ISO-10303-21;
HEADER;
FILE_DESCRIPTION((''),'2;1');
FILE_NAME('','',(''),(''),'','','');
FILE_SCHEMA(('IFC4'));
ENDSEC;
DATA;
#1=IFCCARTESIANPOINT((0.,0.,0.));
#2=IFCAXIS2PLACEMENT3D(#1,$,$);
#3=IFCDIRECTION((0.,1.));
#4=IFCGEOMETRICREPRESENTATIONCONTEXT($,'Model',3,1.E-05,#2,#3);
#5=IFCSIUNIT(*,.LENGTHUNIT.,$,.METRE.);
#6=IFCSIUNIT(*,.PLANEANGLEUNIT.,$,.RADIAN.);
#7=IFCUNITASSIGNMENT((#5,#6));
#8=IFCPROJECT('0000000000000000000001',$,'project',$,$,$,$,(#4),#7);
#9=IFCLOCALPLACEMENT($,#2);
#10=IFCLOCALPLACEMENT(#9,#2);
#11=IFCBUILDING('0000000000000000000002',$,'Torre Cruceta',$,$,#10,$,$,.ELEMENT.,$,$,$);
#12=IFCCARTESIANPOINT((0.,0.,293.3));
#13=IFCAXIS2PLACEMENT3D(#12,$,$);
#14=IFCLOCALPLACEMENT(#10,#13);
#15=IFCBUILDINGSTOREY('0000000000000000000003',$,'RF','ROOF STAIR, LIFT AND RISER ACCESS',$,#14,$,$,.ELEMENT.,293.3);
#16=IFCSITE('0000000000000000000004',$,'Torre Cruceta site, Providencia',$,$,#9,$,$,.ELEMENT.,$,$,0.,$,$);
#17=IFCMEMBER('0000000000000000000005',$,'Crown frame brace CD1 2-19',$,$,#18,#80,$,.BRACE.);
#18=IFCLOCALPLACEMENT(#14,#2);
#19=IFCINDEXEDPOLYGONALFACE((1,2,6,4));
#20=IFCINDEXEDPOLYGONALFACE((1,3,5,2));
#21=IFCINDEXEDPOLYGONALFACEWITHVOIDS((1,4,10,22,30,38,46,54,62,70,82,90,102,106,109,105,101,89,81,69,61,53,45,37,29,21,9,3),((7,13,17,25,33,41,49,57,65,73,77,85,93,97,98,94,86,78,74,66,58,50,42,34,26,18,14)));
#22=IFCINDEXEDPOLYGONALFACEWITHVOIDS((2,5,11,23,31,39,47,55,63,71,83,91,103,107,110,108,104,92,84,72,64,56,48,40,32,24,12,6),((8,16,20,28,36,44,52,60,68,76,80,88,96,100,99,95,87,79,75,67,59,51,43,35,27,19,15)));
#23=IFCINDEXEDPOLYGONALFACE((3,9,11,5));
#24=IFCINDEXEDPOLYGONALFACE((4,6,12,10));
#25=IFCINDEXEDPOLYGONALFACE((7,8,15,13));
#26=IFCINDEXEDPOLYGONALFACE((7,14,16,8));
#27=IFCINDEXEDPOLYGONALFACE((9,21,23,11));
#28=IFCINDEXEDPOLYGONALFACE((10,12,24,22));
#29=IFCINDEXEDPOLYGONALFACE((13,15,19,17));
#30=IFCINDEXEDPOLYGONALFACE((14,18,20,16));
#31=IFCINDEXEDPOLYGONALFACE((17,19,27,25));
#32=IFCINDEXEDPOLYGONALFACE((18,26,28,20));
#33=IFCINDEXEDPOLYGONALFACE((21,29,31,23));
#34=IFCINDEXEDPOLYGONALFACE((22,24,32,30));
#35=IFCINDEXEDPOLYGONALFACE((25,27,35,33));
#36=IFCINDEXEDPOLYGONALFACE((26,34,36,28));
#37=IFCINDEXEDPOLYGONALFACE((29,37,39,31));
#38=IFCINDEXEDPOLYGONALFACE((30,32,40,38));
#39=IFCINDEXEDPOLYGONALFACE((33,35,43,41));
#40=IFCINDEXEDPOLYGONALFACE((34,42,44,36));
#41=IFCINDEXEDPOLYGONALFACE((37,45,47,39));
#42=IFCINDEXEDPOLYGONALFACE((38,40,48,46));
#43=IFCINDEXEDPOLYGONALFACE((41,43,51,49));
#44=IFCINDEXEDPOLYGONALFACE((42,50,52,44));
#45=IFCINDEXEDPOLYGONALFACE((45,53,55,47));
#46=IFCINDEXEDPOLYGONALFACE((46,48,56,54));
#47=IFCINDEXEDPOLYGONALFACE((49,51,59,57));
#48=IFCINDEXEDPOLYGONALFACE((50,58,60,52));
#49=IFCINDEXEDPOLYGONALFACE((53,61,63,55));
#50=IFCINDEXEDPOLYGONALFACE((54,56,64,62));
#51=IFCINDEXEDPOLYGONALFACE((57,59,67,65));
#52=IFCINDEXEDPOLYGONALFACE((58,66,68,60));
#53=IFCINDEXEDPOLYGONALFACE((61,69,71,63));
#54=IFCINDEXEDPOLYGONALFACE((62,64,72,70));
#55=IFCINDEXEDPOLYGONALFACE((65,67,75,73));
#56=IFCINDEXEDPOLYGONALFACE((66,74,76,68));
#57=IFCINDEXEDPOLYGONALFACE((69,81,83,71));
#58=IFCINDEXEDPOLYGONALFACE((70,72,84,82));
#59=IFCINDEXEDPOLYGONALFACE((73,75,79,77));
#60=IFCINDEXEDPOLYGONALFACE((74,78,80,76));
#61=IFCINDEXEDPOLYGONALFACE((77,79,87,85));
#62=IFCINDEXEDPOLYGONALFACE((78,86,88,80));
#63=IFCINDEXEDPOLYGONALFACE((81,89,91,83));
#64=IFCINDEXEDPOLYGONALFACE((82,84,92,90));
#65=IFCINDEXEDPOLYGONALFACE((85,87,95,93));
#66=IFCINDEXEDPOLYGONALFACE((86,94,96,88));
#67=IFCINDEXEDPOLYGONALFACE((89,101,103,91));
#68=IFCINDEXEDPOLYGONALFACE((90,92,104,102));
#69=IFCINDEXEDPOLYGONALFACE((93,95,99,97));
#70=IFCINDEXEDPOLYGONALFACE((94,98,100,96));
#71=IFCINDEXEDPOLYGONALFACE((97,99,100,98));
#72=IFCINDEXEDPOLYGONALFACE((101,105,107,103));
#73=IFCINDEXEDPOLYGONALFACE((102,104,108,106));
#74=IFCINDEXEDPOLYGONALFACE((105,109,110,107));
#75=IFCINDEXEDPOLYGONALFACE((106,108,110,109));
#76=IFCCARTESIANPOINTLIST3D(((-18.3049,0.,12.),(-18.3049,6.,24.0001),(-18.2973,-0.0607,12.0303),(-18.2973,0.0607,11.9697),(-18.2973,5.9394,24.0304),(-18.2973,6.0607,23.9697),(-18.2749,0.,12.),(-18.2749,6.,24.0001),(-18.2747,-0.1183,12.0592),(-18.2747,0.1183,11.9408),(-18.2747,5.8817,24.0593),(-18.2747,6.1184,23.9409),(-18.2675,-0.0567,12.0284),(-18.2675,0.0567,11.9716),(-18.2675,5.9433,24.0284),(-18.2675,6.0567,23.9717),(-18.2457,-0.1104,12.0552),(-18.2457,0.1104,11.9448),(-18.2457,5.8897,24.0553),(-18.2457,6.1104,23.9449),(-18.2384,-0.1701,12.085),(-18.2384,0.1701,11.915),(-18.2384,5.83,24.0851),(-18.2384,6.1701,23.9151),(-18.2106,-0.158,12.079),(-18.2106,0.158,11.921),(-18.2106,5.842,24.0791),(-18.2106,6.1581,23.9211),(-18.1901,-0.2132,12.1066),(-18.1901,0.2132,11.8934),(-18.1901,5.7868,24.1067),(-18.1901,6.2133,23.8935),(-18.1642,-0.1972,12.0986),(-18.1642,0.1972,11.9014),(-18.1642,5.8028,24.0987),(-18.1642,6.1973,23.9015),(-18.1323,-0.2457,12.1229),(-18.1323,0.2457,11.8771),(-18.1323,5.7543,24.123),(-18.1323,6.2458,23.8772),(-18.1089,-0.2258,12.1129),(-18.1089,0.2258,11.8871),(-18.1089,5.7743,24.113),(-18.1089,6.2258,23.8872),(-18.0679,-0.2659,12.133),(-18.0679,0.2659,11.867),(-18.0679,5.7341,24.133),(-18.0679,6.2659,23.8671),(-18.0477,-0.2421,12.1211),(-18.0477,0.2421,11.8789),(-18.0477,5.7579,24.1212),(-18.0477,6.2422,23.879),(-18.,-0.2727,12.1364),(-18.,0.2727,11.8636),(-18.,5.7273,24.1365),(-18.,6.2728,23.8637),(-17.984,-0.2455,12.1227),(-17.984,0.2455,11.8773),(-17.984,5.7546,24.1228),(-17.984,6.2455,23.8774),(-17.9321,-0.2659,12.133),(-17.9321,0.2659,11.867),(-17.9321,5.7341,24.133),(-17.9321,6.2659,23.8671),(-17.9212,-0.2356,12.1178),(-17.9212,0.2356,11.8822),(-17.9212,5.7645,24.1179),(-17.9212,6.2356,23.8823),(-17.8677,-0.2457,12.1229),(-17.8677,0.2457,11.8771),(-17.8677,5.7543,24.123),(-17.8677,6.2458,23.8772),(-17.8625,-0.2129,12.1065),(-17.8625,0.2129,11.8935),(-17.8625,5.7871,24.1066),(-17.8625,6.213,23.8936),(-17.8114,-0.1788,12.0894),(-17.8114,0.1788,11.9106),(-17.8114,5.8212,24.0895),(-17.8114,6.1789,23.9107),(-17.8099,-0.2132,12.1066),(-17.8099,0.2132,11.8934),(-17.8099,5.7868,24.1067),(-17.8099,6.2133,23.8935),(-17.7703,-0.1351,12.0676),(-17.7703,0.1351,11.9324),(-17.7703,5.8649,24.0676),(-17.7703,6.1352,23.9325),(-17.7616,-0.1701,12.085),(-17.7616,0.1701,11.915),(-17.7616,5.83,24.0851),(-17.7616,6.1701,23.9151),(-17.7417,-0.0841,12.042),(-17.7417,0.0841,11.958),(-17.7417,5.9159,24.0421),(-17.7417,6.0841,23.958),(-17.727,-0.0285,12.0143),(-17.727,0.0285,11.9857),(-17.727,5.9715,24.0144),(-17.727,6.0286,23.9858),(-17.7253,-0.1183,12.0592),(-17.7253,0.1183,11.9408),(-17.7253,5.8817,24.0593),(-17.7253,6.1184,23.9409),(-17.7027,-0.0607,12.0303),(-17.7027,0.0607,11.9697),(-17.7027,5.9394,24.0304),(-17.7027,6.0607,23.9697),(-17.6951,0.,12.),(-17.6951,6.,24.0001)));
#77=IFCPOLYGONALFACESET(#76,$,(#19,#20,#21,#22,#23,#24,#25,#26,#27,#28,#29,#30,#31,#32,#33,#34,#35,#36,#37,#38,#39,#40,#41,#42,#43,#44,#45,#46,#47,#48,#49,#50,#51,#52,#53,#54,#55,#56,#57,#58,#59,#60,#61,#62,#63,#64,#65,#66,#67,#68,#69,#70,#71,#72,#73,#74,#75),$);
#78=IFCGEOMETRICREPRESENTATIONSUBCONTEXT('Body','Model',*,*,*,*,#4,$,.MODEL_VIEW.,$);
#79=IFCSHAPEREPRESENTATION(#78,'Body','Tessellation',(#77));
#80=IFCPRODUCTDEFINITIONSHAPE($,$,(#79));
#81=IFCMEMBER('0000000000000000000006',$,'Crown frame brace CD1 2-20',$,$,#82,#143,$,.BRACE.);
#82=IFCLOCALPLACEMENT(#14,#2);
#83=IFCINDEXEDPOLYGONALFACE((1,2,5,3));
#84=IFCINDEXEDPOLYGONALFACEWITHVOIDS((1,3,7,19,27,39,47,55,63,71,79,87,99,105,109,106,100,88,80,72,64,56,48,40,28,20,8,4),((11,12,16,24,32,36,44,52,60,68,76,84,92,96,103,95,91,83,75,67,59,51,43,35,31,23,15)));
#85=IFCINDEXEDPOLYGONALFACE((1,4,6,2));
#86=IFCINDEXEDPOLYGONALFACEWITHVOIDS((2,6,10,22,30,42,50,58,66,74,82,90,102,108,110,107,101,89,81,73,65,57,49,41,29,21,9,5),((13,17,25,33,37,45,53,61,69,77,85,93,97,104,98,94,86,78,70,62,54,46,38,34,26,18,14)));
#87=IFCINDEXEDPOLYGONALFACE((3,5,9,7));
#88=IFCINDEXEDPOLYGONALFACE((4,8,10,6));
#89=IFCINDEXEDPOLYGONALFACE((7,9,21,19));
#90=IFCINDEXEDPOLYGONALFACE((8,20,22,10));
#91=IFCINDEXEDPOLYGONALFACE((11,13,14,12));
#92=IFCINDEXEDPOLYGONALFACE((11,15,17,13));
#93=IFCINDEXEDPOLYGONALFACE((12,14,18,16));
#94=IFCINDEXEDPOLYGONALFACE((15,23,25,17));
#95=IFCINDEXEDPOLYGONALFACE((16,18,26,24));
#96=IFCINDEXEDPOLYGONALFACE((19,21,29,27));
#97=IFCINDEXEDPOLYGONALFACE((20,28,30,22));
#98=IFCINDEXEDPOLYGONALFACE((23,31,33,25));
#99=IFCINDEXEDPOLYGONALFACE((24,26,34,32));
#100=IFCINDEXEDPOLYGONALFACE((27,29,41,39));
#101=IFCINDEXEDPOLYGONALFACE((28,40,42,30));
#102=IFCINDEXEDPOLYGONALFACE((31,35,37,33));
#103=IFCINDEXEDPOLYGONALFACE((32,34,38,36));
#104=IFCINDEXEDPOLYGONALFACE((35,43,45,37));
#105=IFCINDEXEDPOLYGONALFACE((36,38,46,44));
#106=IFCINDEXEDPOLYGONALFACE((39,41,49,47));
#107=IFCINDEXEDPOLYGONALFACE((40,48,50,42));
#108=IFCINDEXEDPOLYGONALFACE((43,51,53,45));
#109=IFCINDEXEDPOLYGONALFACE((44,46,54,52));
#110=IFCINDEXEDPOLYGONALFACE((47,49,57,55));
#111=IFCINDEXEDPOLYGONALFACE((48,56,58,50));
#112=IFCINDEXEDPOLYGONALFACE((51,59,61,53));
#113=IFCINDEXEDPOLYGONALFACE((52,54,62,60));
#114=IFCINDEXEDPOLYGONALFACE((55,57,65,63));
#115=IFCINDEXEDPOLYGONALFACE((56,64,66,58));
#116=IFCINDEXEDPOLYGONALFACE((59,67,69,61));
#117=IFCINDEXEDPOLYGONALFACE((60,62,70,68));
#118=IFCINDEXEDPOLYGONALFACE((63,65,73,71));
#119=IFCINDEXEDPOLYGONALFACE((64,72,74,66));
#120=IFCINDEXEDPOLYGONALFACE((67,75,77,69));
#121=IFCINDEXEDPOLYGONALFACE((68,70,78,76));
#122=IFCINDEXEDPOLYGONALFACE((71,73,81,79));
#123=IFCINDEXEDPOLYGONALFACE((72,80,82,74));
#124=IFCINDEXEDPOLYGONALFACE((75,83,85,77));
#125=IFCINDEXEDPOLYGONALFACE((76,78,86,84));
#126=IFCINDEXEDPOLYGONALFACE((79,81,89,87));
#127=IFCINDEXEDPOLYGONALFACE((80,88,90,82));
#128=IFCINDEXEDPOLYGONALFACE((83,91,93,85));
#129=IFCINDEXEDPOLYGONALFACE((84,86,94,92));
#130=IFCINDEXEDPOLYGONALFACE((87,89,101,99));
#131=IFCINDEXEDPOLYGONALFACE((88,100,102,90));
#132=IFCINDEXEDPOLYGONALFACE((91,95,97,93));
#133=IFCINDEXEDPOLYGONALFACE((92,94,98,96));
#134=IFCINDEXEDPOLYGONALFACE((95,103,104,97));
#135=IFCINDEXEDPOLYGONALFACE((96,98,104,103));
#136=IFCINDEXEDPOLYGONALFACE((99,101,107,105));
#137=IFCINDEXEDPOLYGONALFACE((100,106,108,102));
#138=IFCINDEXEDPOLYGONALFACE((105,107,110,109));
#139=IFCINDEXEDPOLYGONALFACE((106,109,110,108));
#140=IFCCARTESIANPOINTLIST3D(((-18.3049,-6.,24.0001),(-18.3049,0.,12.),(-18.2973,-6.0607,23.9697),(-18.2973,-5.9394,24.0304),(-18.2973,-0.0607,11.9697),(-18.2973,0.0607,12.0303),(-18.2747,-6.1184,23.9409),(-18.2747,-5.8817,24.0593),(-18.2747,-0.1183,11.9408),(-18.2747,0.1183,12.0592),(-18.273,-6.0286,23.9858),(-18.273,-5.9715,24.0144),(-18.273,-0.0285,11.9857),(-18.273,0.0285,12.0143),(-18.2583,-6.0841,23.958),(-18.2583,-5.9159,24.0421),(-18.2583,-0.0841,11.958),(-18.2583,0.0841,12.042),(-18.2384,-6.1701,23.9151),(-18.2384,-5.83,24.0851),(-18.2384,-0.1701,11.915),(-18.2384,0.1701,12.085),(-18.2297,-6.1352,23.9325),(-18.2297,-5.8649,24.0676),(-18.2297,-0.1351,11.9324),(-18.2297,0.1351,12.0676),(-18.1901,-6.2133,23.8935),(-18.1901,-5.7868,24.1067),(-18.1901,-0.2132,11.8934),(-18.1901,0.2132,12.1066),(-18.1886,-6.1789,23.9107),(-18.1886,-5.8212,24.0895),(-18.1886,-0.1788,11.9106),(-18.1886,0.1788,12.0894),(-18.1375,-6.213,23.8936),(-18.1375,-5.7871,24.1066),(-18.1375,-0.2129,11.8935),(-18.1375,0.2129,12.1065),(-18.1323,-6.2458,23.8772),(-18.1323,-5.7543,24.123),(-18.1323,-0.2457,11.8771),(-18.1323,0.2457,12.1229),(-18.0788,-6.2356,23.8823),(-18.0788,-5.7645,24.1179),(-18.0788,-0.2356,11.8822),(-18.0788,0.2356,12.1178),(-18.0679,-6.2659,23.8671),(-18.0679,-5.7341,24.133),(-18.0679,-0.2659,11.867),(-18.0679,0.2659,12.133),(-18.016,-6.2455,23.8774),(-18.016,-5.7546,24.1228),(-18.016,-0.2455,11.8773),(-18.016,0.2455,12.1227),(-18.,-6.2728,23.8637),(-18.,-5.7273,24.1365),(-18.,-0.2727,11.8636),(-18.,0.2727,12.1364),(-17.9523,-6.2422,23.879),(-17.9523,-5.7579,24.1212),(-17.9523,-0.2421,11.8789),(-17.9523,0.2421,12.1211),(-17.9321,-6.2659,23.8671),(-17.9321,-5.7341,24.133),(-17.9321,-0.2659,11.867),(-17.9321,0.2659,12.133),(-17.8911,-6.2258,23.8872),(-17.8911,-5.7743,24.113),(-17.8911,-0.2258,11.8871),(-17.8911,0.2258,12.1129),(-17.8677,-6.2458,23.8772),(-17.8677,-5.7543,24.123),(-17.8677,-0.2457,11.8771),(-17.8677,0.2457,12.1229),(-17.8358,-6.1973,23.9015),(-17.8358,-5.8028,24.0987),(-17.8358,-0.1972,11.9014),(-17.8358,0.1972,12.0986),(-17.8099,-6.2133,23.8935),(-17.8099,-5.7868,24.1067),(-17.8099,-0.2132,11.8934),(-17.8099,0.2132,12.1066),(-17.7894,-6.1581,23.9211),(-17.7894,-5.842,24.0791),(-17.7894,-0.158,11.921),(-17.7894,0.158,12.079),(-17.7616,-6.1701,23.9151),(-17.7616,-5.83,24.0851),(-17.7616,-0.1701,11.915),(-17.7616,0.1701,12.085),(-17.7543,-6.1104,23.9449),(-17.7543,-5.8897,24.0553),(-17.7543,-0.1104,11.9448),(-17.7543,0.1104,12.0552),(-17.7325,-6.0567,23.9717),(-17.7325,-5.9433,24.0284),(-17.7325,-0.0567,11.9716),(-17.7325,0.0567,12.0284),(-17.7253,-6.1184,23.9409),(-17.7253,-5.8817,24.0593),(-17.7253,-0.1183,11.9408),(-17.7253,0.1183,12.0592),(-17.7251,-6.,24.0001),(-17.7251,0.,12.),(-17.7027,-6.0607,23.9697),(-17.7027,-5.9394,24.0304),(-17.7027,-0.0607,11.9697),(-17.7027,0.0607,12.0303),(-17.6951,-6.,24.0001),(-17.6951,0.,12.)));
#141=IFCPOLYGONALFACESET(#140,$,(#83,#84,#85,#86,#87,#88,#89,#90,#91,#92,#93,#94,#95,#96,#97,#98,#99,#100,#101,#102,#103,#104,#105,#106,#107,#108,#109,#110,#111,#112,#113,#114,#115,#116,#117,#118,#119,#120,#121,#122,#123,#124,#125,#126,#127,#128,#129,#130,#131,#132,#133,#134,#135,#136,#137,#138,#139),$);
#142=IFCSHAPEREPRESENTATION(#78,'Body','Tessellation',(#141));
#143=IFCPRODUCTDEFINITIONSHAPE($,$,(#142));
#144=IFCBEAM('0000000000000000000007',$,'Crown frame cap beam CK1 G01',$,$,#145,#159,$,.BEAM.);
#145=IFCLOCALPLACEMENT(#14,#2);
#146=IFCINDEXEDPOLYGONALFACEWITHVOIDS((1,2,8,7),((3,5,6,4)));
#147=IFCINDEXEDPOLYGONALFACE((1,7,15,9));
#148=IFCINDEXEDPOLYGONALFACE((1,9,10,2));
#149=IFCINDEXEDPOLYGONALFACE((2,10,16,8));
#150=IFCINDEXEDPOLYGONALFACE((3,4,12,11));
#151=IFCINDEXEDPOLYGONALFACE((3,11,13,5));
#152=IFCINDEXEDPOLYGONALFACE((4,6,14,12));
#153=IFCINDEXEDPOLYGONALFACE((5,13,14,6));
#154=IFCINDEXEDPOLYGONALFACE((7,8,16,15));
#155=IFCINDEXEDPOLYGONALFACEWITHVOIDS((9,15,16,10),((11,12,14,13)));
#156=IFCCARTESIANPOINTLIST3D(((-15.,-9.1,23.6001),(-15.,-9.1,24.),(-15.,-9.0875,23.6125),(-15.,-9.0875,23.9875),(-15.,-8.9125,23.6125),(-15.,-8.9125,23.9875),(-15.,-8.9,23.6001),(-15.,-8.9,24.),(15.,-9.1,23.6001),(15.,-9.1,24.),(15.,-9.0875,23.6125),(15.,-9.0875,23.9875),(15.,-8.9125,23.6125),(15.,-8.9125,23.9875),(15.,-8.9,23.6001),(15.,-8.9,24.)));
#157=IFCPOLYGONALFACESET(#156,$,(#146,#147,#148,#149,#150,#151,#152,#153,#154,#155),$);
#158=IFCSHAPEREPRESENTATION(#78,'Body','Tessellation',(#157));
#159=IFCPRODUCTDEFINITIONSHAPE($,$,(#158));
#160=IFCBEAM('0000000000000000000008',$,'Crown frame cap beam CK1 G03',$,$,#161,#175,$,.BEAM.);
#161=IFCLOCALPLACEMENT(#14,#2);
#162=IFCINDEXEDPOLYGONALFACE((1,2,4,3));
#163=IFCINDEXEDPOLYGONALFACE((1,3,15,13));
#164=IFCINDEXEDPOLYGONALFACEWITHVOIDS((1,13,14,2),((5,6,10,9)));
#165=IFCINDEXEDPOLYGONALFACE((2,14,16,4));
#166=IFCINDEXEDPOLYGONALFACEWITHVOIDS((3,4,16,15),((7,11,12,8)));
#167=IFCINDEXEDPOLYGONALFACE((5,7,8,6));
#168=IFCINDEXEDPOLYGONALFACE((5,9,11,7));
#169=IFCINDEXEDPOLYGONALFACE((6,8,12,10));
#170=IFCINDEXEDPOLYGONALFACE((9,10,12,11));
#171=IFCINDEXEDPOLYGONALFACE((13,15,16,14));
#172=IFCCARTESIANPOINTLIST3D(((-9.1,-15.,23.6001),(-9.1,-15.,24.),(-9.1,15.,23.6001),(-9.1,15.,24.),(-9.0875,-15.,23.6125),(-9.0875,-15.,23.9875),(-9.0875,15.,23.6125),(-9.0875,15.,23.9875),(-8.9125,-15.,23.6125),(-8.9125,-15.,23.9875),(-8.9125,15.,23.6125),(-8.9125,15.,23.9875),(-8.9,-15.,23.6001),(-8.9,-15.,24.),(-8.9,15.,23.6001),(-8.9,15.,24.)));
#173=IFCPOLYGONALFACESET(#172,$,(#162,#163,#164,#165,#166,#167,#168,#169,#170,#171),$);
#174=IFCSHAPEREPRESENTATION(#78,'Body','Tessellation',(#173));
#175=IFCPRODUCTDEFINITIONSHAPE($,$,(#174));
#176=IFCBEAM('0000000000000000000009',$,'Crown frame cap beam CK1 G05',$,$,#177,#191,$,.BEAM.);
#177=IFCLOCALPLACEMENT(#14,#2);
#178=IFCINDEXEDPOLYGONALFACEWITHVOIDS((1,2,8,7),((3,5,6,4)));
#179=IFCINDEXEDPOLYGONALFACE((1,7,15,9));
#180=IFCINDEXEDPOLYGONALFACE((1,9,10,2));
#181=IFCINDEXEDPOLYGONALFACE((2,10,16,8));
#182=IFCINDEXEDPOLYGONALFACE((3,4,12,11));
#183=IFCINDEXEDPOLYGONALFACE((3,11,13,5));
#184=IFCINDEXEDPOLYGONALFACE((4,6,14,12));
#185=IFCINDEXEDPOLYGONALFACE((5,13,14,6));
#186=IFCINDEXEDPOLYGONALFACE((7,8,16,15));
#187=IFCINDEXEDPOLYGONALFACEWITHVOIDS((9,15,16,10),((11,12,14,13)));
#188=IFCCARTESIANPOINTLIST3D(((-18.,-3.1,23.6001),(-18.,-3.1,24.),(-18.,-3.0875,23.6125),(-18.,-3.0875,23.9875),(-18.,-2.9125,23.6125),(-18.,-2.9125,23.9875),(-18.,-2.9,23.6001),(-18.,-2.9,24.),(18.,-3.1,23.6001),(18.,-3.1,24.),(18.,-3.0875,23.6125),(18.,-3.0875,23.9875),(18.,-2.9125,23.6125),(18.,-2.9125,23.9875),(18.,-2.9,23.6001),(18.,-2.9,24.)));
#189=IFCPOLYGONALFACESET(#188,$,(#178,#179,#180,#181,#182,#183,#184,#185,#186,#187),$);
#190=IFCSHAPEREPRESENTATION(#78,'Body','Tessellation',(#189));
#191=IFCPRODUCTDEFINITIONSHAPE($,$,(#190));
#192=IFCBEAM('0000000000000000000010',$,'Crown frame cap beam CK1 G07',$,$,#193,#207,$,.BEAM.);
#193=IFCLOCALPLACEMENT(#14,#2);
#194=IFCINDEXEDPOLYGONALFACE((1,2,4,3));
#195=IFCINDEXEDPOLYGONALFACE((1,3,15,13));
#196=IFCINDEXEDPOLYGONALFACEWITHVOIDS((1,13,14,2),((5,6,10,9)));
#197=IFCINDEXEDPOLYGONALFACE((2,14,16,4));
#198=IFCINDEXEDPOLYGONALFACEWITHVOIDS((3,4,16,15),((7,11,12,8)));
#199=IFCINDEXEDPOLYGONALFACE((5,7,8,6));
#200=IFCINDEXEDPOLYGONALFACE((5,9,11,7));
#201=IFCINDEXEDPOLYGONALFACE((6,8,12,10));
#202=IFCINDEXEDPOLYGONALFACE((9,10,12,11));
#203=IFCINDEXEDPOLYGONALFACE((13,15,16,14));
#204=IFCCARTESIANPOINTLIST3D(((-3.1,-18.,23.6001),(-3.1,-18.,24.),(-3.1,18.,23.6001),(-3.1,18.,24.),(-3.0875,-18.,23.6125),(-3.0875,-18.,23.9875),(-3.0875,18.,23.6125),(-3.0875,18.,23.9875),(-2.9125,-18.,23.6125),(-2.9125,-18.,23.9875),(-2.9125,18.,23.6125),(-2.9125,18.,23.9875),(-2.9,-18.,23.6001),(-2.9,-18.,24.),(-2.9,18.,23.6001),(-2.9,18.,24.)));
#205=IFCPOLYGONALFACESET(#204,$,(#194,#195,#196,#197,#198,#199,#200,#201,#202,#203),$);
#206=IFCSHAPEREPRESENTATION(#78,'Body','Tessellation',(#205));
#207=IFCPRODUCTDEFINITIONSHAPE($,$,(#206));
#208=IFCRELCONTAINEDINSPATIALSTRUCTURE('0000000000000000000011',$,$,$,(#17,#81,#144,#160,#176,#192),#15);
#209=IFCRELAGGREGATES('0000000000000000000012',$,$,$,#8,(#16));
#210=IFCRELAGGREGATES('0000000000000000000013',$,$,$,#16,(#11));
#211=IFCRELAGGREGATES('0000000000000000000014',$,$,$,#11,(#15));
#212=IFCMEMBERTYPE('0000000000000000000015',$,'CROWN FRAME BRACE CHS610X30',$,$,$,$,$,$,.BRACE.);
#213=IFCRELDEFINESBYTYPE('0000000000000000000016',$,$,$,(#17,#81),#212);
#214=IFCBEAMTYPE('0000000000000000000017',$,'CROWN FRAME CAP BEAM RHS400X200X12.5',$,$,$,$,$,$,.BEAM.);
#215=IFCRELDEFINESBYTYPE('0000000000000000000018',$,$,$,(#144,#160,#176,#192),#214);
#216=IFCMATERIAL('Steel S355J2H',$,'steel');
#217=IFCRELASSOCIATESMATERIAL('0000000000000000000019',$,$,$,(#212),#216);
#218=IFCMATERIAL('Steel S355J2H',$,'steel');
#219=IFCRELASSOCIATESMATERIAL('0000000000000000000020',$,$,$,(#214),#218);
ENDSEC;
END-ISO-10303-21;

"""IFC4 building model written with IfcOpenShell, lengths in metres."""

from ifc_helpers import new_model, si_unit, direction, frame, origin, origin_2d, place, context, subcontext, project, spatial, hollow_rectangle, hollow_circle, extrude, material, material_profile, profile_set, type_object, element, save


model = new_model("IFC4")

# Units and contexts
model_context = context("Model", 3, precision=1e-05, world=origin(), true_north=direction((0.0, 1.0)))
body_context = subcontext(model_context, "Body", "Model", "MODEL_VIEW")
ifc_project = project(units=[si_unit("LENGTHUNIT", "METRE"), si_unit("PLANEANGLEUNIT", "RADIAN")], contexts=[model_context])

# Site, building, storey
site_placement = place(None, origin())
site = spatial("IfcSite", under=ifc_project, at=site_placement, Name="Torre Cruceta site, Providencia", CompositionType="ELEMENT", RefElevation=0.0)
building_placement = place(site_placement, origin())
building = spatial("IfcBuilding", under=site, at=building_placement, Name="Torre Cruceta", CompositionType="ELEMENT")
storey_placement = place(building_placement, frame((0.0, 0.0, 293.3)))
storey = spatial("IfcBuildingStorey", under=building, at=storey_placement, Name="RF", Description="ROOF STAIR, LIFT AND RISER ACCESS", CompositionType="ELEMENT", Elevation=293.3)

# Members
ifc_material_1 = material(Name="Steel S355J2H", Category="steel")
ifc_material_profile_1 = material_profile(ifc_material_1, hollow_circle(Radius=0.3049, WallThickness=0.03, at=origin_2d()), Name="CHS610X30")
ifc_profile_set_1 = profile_set([ifc_material_profile_1], Name="Steel S355J2H")
member_type_1 = type_object("IfcMemberType", Name="CROWN FRAME BRACE CHS610X30", PredefinedType="BRACE", material=ifc_profile_set_1)
for number, where, z_axis, x_axis, name in (
    (1, (-18.0, 0.0, 12.0), (0.0, 0.447214, 0.894427), (-1.0, 0.0, 0.0), "Crown frame brace CD1 2-19"),
    (2, (-18.0, 0.0, 12.0), (0.0, -0.447214, 0.894427), (1.0, 0.0, 0.0), "Crown frame brace CD1 2-20"),
):
    element("IfcMember", number, at=place(storey_placement, frame(where, z_axis=z_axis, x_axis=x_axis)), inside=storey, type_object=member_type_1, Name=name, PredefinedType="BRACE", context=body_context, shape_type="SweptSolid", body=[
        extrude(hollow_circle(Radius=0.3049, WallThickness=0.03, at=origin_2d()), origin(), (0.0, 0.0, 1.0), 13.4165),
    ])

# Beams
ifc_material_2 = material(Name="Steel S355J2H", Category="steel")
ifc_material_profile_2 = material_profile(ifc_material_2, hollow_rectangle(XDim=0.2, YDim=0.3999, WallThickness=0.0125, at=origin_2d()), Name="RHS400X200X12.5")
ifc_profile_set_2 = profile_set([ifc_material_profile_2], Name="Steel S355J2H")
beam_type_1 = type_object("IfcBeamType", Name="CROWN FRAME CAP BEAM RHS400X200X12.5", PredefinedType="BEAM", material=ifc_profile_set_2)
for number, where, z_axis, x_axis, name in (
    (3, (-15.0, -9.0, 23.8), (1.0, 0.0, 0.0), (0.0, 1.0, 0.0), "Crown frame cap beam CK1 G01"),
    (4, (-9.0, -15.0, 23.8), (0.0, 1.0, 0.0), (-1.0, 0.0, 0.0), "Crown frame cap beam CK1 G03"),
):
    element("IfcBeam", number, at=place(storey_placement, frame(where, z_axis=z_axis, x_axis=x_axis)), inside=storey, type_object=beam_type_1, Name=name, PredefinedType="BEAM", context=body_context, shape_type="SweptSolid", body=[
        extrude(hollow_rectangle(XDim=0.2, YDim=0.3999, WallThickness=0.0125, at=origin_2d()), origin(), (0.0, 0.0, 1.0), 30.0),
    ])
for number, where, z_axis, x_axis, name in (
    (5, (-18.0, -3.0, 23.8), (1.0, 0.0, 0.0), (0.0, 1.0, 0.0), "Crown frame cap beam CK1 G05"),
    (6, (-3.0, -18.0, 23.8), (0.0, 1.0, 0.0), (-1.0, 0.0, 0.0), "Crown frame cap beam CK1 G07"),
):
    element("IfcBeam", number, at=place(storey_placement, frame(where, z_axis=z_axis, x_axis=x_axis)), inside=storey, type_object=beam_type_1, Name=name, PredefinedType="BEAM", context=body_context, shape_type="SweptSolid", body=[
        extrude(hollow_rectangle(XDim=0.2, YDim=0.3999, WallThickness=0.0125, at=origin_2d()), origin(), (0.0, 0.0, 1.0), 36.0),
    ])

save(model, "model.ifc")
